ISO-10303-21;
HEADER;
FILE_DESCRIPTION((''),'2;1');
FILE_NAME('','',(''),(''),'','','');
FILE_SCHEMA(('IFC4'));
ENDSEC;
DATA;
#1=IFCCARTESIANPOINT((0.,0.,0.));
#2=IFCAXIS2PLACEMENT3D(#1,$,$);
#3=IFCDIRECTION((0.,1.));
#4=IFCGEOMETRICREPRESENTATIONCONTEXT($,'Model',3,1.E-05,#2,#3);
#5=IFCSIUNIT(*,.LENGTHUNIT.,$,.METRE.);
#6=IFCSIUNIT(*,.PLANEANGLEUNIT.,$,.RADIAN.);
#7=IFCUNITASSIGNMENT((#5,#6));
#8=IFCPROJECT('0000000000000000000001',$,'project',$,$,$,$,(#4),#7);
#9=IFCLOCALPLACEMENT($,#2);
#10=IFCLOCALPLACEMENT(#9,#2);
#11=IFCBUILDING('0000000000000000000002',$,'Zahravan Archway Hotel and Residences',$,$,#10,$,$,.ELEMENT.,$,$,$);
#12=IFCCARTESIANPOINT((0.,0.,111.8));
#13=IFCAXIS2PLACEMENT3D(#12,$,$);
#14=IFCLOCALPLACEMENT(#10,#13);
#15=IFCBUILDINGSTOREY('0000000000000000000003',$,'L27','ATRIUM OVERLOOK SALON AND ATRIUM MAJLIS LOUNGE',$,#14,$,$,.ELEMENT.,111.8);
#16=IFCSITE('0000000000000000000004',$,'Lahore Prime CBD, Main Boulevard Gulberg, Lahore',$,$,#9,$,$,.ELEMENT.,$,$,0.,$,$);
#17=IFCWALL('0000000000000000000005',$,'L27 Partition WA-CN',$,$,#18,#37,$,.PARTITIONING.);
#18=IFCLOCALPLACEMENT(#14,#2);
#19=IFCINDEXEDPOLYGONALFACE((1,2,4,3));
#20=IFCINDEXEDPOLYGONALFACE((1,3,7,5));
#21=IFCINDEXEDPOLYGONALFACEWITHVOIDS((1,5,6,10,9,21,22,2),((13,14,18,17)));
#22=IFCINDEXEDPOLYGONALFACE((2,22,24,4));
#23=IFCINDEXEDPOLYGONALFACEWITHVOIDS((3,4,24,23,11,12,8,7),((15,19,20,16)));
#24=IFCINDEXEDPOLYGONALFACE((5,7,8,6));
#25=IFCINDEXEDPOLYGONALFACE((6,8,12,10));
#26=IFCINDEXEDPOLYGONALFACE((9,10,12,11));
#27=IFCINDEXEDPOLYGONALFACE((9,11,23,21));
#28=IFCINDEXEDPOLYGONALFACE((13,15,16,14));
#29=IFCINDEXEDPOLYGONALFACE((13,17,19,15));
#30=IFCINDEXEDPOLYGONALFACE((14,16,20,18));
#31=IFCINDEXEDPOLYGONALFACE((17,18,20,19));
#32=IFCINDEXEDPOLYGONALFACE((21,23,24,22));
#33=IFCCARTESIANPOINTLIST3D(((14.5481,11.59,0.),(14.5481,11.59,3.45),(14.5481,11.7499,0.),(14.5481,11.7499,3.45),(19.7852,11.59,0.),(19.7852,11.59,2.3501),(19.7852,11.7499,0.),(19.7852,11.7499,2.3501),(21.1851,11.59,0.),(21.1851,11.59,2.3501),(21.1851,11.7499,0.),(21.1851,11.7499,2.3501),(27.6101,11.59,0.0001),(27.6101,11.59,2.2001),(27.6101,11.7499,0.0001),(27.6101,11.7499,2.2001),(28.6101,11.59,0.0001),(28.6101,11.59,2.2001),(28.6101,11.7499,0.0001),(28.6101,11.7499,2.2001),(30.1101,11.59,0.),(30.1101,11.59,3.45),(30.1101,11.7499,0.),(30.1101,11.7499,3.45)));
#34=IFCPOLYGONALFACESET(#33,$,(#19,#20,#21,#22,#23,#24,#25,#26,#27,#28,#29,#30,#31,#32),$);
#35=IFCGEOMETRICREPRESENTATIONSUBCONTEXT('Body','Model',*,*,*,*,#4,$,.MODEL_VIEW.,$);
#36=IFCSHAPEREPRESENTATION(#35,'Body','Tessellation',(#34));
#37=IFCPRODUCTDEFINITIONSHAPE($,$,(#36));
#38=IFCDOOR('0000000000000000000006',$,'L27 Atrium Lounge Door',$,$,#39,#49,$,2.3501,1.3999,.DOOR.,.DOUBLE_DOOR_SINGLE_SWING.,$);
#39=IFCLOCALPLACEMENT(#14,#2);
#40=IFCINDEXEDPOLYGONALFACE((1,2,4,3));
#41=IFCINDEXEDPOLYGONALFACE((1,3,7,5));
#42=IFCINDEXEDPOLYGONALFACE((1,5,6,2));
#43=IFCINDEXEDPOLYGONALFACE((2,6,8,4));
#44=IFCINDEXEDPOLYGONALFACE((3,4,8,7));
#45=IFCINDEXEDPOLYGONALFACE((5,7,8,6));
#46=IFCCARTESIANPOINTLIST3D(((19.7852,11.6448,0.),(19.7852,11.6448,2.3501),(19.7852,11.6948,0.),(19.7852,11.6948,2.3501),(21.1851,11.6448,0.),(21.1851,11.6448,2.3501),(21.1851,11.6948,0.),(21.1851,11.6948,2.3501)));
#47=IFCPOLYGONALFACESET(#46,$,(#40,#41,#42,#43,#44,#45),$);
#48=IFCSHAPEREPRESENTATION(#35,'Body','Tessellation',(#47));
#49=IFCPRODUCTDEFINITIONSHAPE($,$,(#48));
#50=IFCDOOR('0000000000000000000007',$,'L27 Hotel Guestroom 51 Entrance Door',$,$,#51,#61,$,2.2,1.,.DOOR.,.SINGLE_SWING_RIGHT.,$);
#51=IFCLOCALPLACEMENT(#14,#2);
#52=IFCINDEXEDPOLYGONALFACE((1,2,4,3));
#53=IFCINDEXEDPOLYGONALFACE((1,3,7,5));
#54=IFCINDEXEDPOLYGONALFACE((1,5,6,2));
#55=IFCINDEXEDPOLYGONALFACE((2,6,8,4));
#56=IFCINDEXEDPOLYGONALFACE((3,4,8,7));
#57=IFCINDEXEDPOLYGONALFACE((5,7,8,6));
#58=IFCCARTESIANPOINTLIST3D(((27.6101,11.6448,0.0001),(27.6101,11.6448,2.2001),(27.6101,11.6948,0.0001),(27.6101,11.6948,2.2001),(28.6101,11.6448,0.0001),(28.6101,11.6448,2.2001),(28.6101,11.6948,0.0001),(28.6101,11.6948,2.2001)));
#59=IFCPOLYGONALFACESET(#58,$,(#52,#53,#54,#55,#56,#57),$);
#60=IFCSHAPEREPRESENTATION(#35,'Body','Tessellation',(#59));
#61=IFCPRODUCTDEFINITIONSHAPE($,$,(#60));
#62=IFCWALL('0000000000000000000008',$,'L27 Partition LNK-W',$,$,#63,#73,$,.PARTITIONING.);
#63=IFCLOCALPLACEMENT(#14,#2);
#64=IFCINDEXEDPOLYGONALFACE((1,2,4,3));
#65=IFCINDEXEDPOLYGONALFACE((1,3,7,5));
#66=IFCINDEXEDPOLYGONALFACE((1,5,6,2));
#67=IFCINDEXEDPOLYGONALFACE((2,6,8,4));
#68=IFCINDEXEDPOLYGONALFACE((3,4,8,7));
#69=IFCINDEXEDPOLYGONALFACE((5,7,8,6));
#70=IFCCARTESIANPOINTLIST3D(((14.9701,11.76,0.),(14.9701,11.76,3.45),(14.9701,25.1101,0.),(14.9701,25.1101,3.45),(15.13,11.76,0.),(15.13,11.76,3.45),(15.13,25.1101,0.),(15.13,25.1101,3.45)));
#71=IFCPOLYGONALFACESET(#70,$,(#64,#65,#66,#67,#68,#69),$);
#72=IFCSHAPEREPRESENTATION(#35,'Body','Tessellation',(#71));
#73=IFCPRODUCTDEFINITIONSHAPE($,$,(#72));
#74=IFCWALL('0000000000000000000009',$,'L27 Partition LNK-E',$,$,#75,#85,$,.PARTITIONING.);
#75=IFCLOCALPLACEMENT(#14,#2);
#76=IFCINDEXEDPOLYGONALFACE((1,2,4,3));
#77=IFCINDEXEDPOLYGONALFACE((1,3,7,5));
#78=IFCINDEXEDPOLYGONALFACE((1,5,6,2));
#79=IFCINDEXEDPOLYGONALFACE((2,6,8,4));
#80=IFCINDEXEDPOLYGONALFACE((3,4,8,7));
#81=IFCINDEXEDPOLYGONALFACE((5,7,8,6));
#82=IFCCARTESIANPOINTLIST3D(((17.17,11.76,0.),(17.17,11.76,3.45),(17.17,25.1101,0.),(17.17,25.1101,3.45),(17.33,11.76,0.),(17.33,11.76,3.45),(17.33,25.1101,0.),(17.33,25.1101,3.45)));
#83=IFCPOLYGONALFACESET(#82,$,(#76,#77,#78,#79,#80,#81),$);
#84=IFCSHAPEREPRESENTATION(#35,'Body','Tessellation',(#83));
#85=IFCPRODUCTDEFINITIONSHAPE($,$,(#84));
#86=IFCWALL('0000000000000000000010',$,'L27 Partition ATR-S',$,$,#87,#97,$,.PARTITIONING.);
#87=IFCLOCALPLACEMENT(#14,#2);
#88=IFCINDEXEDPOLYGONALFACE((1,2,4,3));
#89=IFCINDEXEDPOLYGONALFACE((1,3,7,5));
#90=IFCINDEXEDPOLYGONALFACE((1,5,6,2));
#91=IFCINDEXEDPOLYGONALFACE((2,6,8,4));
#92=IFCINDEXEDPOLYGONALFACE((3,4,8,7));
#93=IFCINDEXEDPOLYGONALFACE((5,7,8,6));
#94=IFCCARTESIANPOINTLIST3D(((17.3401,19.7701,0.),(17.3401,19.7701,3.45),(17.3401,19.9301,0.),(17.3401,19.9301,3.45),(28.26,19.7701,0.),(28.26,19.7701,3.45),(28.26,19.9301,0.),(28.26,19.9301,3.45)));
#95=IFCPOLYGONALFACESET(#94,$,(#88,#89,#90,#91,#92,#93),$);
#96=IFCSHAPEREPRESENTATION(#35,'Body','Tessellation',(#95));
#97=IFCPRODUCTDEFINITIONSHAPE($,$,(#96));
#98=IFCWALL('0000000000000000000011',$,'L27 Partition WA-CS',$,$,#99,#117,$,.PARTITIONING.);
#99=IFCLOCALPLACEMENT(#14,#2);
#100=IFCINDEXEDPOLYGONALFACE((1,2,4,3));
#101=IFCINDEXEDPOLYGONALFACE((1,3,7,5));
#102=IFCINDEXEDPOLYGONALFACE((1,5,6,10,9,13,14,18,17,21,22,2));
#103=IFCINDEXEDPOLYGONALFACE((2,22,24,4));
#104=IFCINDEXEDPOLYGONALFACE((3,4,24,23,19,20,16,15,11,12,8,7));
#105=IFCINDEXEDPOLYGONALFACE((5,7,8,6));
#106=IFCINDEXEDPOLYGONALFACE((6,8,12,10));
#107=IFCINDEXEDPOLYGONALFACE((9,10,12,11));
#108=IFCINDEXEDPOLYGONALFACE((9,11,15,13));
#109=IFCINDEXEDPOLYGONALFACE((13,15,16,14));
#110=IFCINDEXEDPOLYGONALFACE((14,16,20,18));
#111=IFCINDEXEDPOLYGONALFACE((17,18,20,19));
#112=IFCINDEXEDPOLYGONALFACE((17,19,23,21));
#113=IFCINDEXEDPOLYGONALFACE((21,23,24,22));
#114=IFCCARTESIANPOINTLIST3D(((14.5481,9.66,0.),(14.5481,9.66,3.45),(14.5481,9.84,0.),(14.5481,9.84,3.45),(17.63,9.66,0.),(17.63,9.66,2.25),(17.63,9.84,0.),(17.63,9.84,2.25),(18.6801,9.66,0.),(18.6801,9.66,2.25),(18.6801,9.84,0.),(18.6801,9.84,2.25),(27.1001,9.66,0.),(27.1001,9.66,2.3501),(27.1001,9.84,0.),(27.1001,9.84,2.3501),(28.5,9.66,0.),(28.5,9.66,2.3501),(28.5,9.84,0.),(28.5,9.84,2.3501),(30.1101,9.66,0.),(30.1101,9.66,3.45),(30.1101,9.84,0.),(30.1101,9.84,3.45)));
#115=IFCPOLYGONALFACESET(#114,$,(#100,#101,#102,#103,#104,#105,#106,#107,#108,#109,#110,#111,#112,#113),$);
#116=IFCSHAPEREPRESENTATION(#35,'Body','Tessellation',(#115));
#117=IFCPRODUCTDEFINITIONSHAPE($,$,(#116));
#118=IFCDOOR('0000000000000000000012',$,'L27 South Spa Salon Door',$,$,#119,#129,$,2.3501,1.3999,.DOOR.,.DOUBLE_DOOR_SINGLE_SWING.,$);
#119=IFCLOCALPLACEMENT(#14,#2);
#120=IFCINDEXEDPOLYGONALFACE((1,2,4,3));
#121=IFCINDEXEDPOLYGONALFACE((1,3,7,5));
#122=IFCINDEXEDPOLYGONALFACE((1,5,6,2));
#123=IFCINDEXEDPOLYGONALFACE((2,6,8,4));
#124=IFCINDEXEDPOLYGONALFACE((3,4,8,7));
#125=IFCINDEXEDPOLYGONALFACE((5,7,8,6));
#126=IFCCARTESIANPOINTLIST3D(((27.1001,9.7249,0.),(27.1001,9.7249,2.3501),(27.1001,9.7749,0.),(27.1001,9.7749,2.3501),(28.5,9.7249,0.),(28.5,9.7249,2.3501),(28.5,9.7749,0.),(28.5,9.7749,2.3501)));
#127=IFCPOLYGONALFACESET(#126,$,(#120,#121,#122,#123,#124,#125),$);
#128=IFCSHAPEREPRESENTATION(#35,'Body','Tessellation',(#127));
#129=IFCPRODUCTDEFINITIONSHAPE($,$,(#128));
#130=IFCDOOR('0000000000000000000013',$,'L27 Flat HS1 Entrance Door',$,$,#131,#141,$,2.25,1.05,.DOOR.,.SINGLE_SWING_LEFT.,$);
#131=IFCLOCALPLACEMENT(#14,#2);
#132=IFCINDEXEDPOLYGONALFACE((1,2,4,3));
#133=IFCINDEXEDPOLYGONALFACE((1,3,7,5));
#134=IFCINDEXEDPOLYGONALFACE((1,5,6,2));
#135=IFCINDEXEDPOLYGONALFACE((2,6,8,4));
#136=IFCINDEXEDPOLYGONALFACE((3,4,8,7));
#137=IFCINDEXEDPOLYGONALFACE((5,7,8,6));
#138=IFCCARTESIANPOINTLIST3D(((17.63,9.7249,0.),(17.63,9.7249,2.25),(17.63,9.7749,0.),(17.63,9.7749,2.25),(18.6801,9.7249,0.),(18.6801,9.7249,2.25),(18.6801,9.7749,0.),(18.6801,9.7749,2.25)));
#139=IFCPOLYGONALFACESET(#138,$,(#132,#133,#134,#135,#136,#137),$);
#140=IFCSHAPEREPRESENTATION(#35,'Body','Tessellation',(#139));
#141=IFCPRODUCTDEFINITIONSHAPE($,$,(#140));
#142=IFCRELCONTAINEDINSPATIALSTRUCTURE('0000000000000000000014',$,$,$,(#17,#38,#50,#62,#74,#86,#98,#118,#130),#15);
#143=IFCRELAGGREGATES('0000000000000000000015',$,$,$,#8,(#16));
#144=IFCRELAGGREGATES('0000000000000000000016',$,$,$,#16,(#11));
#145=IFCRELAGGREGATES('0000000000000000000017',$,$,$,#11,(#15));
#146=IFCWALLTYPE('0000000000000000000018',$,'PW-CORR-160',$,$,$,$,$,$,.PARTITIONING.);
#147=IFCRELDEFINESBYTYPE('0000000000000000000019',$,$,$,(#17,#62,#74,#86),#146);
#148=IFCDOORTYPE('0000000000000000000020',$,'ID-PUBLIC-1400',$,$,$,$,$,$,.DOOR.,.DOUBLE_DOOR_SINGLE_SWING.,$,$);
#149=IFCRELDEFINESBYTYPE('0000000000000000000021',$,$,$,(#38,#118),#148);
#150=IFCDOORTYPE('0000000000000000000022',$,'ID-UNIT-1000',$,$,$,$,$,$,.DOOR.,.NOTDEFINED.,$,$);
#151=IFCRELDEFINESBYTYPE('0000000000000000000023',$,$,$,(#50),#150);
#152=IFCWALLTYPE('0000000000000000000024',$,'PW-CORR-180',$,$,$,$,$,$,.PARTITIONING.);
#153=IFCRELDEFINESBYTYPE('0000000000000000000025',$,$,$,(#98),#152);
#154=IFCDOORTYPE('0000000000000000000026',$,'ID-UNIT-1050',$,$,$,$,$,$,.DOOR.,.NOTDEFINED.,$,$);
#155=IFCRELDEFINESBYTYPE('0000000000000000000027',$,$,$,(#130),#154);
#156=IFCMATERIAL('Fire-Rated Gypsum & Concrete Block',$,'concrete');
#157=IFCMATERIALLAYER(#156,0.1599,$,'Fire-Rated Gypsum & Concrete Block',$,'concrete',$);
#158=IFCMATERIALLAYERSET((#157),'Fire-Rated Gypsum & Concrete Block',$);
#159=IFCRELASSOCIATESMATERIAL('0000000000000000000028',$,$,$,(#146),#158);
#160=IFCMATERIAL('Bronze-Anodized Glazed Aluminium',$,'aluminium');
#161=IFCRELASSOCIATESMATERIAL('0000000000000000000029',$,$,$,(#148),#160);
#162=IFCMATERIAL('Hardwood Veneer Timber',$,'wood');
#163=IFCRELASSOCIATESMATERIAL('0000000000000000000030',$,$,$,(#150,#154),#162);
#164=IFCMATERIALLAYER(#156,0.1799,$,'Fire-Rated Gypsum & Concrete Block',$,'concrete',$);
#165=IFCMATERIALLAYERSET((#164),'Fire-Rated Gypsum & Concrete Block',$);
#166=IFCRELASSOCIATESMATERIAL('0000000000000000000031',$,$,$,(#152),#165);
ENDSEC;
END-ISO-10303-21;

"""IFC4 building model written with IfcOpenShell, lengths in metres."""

from ifc_helpers import new_model, si_unit, direction, frame, frame_2d, origin, place, context, subcontext, project, spatial, rectangle, extrude, source, transform, mapped, material, layer, layer_set, type_object, type_shapes, element, fill, save


model = new_model("IFC4")

# Units and contexts
model_context = context("Model", 3, precision=1e-05, world=origin(), true_north=direction((0.0, 1.0)))
body_context = subcontext(model_context, "Body", "Model", "MODEL_VIEW")
ifc_project = project(units=[si_unit("LENGTHUNIT", "METRE"), si_unit("PLANEANGLEUNIT", "RADIAN")], contexts=[model_context])

# Site, building, storey
site_placement = place(None, origin())
site = spatial("IfcSite", under=ifc_project, at=site_placement, Name="Lahore Prime CBD, Main Boulevard Gulberg, Lahore", CompositionType="ELEMENT", RefElevation=0.0)
building_placement = place(site_placement, origin())
building = spatial("IfcBuilding", under=site, at=building_placement, Name="Zahravan Archway Hotel and Residences", CompositionType="ELEMENT")
storey_placement = place(building_placement, frame((0.0, 0.0, 111.8)))
storey = spatial("IfcBuildingStorey", under=building, at=storey_placement, Name="L27", Description="ATRIUM OVERLOOK SALON AND ATRIUM MAJLIS LOUNGE", CompositionType="ELEMENT", Elevation=111.8)

# Wall, openings, doors
ifc_material_1 = material(Name="Fire-Rated Gypsum & Concrete Block", Category="concrete")
ifc_layer_1 = layer(ifc_material_1, 0.1599, Name="Fire-Rated Gypsum & Concrete Block", Category="concrete")
ifc_layer_set_1 = layer_set([ifc_layer_1], Name="Fire-Rated Gypsum & Concrete Block")
wall_type_1 = type_object("IfcWallType", Name="PW-CORR-160", PredefinedType="PARTITIONING", material=ifc_layer_set_1)
wall_1_placement = place(storey_placement, frame((14.5481, 11.6699, 0.0), z_axis=(0.0, 0.0, 1.0), x_axis=(1.0, 0.0, 0.0)))
wall_1 = element("IfcWall", 1, at=wall_1_placement, inside=storey, type_object=wall_type_1, Name="L27 Partition WA-CN", PredefinedType="PARTITIONING", context=body_context, shape_type="SweptSolid", body=[
    extrude(rectangle(XDim=15.562, YDim=0.1599, at=frame_2d((7.781, 0.0))), origin(), (0.0, 0.0, 1.0), 3.45),
])
opening_1_placement = place(wall_1_placement, frame((5.2371, 0.0, 0.0)))
opening_1 = element("IfcOpeningElement", 2, at=opening_1_placement, cuts=wall_1, PredefinedType="OPENING", context=body_context, shape_type="SweptSolid", body=[
    extrude(rectangle(XDim=1.3999, YDim=2.3501, at=frame_2d((0.7, 1.175))), frame((0.0, 0.0898, 0.0), z_axis=(0.0, -1.0, 0.0), x_axis=(1.0, 0.0, 0.0)), (0.0, 0.0, 1.0), 0.1799),
])
opening_2_placement = place(wall_1_placement, frame((13.062, 0.0, 0.0)))
opening_2 = element("IfcOpeningElement", 3, at=opening_2_placement, cuts=wall_1, PredefinedType="OPENING", context=body_context, shape_type="SweptSolid", body=[
    extrude(rectangle(XDim=1.0, YDim=2.2, at=frame_2d((0.5, 1.1001))), frame((0.0, 0.0898, 0.0), z_axis=(0.0, -1.0, 0.0), x_axis=(1.0, 0.0, 0.0)), (0.0, 0.0, 1.0), 0.1799),
])
ifc_material_2 = material(Name="Bronze-Anodized Glazed Aluminium", Category="aluminium")
door_type_1 = type_object("IfcDoorType", Name="ID-PUBLIC-1400", OperationType="DOUBLE_DOOR_SINGLE_SWING", PredefinedType="DOOR", material=ifc_material_2)
shared_shape_1 = source(origin(), body_context, "Body", "SweptSolid", [
    extrude(rectangle(XDim=1.3999, YDim=2.3501, at=frame_2d((0.7, 1.175))), frame((0.0, 0.0249, 0.0), z_axis=(0.0, -1.0, 0.0), x_axis=(1.0, 0.0, 0.0)), (0.0, 0.0, 1.0), 0.05),
])
type_shapes(door_type_1, [shared_shape_1])
door_1_placement = place(opening_1_placement, origin())
door_1 = element("IfcDoor", 4, at=door_1_placement, inside=storey, type_object=door_type_1, Name="L27 Atrium Lounge Door", OperationType="DOUBLE_DOOR_SINGLE_SWING", OverallHeight=2.3501, OverallWidth=1.3999, PredefinedType="DOOR", context=body_context, shape_type="MappedRepresentation", body=[
    mapped(shared_shape_1, transform((0.0, 0.0, 0.0), scale=1.0)),
])
fill(opening_1, door_1)
ifc_material_3 = material(Name="Hardwood Veneer Timber", Category="wood")
door_type_2 = type_object("IfcDoorType", Name="ID-UNIT-1000", OperationType="NOTDEFINED", PredefinedType="DOOR", material=ifc_material_3)
shared_shape_2 = source(origin(), body_context, "Body", "SweptSolid", [
    extrude(rectangle(XDim=1.0, YDim=2.2, at=frame_2d((0.5, 1.1001))), frame((0.0, 0.0249, 0.0), z_axis=(0.0, -1.0, 0.0), x_axis=(1.0, 0.0, 0.0)), (0.0, 0.0, 1.0), 0.05),
])
type_shapes(door_type_2, [shared_shape_2])
door_2_placement = place(opening_2_placement, origin())
door_2 = element("IfcDoor", 5, at=door_2_placement, inside=storey, type_object=door_type_2, Name="L27 Hotel Guestroom 51 Entrance Door", OperationType="SINGLE_SWING_RIGHT", OverallHeight=2.2, OverallWidth=1.0, PredefinedType="DOOR", context=body_context, shape_type="MappedRepresentation", body=[
    mapped(shared_shape_2, transform((0.0, 0.0, 0.0), scale=1.0)),
])
fill(opening_2, door_2)

# Walls
for number, where, z_axis, x_axis, name in (
    (6, (15.05, 11.76, 0.0), (0.0, 0.0, 1.0), (0.0, 1.0, 0.0), "L27 Partition LNK-W"),
    (7, (17.25, 11.76, 0.0), (0.0, 0.0, 1.0), (0.0, 1.0, 0.0), "L27 Partition LNK-E"),
):
    element("IfcWall", number, at=place(storey_placement, frame(where, z_axis=z_axis, x_axis=x_axis)), inside=storey, type_object=wall_type_1, Name=name, PredefinedType="PARTITIONING", context=body_context, shape_type="SweptSolid", body=[
        extrude(rectangle(XDim=13.3501, YDim=0.1599, at=frame_2d((6.675, 0.0))), origin(), (0.0, 0.0, 1.0), 3.45),
    ])
wall_2_placement = place(storey_placement, frame((17.3401, 19.8501, 0.0), z_axis=(0.0, 0.0, 1.0), x_axis=(1.0, 0.0, 0.0)))
element("IfcWall", 8, at=wall_2_placement, inside=storey, type_object=wall_type_1, Name="L27 Partition ATR-S", PredefinedType="PARTITIONING", context=body_context, shape_type="SweptSolid", body=[
    extrude(rectangle(XDim=10.9199, YDim=0.1599, at=frame_2d((5.46, 0.0))), origin(), (0.0, 0.0, 1.0), 3.45),
])

# Wall, openings, doors
ifc_layer_2 = layer(ifc_material_1, 0.1799, Name="Fire-Rated Gypsum & Concrete Block", Category="concrete")
ifc_layer_set_2 = layer_set([ifc_layer_2], Name="Fire-Rated Gypsum & Concrete Block")
wall_type_2 = type_object("IfcWallType", Name="PW-CORR-180", PredefinedType="PARTITIONING", material=ifc_layer_set_2)
wall_3_placement = place(storey_placement, frame((14.5481, 9.75, 0.0), z_axis=(0.0, 0.0, 1.0), x_axis=(1.0, 0.0, 0.0)))
wall_3 = element("IfcWall", 9, at=wall_3_placement, inside=storey, type_object=wall_type_2, Name="L27 Partition WA-CS", PredefinedType="PARTITIONING", context=body_context, shape_type="SweptSolid", body=[
    extrude(rectangle(XDim=15.562, YDim=0.1799, at=frame_2d((7.781, 0.0))), origin(), (0.0, 0.0, 1.0), 3.45),
])
opening_3_placement = place(wall_3_placement, frame((3.082, 0.0, 0.0)))
opening_3 = element("IfcOpeningElement", 10, at=opening_3_placement, cuts=wall_3, PredefinedType="OPENING", context=body_context, shape_type="SweptSolid", body=[
    extrude(rectangle(XDim=1.05, YDim=2.25, at=frame_2d((0.5249, 1.125))), frame((0.0, 0.1001, 0.0), z_axis=(0.0, -1.0, 0.0), x_axis=(1.0, 0.0, 0.0)), (0.0, 0.0, 1.0), 0.2),
])
opening_4_placement = place(wall_3_placement, frame((12.552, 0.0, 0.0)))
opening_4 = element("IfcOpeningElement", 11, at=opening_4_placement, cuts=wall_3, PredefinedType="OPENING", context=body_context, shape_type="SweptSolid", body=[
    extrude(rectangle(XDim=1.3999, YDim=2.3501, at=frame_2d((0.7, 1.175))), frame((0.0, 0.1001, 0.0), z_axis=(0.0, -1.0, 0.0), x_axis=(1.0, 0.0, 0.0)), (0.0, 0.0, 1.0), 0.2),
])
door_3_placement = place(opening_4_placement, origin())
door_3 = element("IfcDoor", 12, at=door_3_placement, inside=storey, type_object=door_type_1, Name="L27 South Spa Salon Door", OperationType="DOUBLE_DOOR_SINGLE_SWING", OverallHeight=2.3501, OverallWidth=1.3999, PredefinedType="DOOR", context=body_context, shape_type="MappedRepresentation", body=[
    mapped(shared_shape_1, transform((0.0, 0.0, 0.0), scale=1.0)),
])
fill(opening_4, door_3)
door_type_3 = type_object("IfcDoorType", Name="ID-UNIT-1050", OperationType="NOTDEFINED", PredefinedType="DOOR", material=ifc_material_3)
shared_shape_3 = source(origin(), body_context, "Body", "SweptSolid", [
    extrude(rectangle(XDim=1.05, YDim=2.25, at=frame_2d((0.5249, 1.125))), frame((0.0, 0.0249, 0.0), z_axis=(0.0, -1.0, 0.0), x_axis=(1.0, 0.0, 0.0)), (0.0, 0.0, 1.0), 0.05),
])
type_shapes(door_type_3, [shared_shape_3])
door_4_placement = place(opening_3_placement, origin())
door_4 = element("IfcDoor", 13, at=door_4_placement, inside=storey, type_object=door_type_3, Name="L27 Flat HS1 Entrance Door", OperationType="SINGLE_SWING_LEFT", OverallHeight=2.25, OverallWidth=1.05, PredefinedType="DOOR", context=body_context, shape_type="MappedRepresentation", body=[
    mapped(shared_shape_3, transform((0.0, 0.0, 0.0), scale=1.0)),
])
fill(opening_3, door_4)

save(model, "model.ifc")
